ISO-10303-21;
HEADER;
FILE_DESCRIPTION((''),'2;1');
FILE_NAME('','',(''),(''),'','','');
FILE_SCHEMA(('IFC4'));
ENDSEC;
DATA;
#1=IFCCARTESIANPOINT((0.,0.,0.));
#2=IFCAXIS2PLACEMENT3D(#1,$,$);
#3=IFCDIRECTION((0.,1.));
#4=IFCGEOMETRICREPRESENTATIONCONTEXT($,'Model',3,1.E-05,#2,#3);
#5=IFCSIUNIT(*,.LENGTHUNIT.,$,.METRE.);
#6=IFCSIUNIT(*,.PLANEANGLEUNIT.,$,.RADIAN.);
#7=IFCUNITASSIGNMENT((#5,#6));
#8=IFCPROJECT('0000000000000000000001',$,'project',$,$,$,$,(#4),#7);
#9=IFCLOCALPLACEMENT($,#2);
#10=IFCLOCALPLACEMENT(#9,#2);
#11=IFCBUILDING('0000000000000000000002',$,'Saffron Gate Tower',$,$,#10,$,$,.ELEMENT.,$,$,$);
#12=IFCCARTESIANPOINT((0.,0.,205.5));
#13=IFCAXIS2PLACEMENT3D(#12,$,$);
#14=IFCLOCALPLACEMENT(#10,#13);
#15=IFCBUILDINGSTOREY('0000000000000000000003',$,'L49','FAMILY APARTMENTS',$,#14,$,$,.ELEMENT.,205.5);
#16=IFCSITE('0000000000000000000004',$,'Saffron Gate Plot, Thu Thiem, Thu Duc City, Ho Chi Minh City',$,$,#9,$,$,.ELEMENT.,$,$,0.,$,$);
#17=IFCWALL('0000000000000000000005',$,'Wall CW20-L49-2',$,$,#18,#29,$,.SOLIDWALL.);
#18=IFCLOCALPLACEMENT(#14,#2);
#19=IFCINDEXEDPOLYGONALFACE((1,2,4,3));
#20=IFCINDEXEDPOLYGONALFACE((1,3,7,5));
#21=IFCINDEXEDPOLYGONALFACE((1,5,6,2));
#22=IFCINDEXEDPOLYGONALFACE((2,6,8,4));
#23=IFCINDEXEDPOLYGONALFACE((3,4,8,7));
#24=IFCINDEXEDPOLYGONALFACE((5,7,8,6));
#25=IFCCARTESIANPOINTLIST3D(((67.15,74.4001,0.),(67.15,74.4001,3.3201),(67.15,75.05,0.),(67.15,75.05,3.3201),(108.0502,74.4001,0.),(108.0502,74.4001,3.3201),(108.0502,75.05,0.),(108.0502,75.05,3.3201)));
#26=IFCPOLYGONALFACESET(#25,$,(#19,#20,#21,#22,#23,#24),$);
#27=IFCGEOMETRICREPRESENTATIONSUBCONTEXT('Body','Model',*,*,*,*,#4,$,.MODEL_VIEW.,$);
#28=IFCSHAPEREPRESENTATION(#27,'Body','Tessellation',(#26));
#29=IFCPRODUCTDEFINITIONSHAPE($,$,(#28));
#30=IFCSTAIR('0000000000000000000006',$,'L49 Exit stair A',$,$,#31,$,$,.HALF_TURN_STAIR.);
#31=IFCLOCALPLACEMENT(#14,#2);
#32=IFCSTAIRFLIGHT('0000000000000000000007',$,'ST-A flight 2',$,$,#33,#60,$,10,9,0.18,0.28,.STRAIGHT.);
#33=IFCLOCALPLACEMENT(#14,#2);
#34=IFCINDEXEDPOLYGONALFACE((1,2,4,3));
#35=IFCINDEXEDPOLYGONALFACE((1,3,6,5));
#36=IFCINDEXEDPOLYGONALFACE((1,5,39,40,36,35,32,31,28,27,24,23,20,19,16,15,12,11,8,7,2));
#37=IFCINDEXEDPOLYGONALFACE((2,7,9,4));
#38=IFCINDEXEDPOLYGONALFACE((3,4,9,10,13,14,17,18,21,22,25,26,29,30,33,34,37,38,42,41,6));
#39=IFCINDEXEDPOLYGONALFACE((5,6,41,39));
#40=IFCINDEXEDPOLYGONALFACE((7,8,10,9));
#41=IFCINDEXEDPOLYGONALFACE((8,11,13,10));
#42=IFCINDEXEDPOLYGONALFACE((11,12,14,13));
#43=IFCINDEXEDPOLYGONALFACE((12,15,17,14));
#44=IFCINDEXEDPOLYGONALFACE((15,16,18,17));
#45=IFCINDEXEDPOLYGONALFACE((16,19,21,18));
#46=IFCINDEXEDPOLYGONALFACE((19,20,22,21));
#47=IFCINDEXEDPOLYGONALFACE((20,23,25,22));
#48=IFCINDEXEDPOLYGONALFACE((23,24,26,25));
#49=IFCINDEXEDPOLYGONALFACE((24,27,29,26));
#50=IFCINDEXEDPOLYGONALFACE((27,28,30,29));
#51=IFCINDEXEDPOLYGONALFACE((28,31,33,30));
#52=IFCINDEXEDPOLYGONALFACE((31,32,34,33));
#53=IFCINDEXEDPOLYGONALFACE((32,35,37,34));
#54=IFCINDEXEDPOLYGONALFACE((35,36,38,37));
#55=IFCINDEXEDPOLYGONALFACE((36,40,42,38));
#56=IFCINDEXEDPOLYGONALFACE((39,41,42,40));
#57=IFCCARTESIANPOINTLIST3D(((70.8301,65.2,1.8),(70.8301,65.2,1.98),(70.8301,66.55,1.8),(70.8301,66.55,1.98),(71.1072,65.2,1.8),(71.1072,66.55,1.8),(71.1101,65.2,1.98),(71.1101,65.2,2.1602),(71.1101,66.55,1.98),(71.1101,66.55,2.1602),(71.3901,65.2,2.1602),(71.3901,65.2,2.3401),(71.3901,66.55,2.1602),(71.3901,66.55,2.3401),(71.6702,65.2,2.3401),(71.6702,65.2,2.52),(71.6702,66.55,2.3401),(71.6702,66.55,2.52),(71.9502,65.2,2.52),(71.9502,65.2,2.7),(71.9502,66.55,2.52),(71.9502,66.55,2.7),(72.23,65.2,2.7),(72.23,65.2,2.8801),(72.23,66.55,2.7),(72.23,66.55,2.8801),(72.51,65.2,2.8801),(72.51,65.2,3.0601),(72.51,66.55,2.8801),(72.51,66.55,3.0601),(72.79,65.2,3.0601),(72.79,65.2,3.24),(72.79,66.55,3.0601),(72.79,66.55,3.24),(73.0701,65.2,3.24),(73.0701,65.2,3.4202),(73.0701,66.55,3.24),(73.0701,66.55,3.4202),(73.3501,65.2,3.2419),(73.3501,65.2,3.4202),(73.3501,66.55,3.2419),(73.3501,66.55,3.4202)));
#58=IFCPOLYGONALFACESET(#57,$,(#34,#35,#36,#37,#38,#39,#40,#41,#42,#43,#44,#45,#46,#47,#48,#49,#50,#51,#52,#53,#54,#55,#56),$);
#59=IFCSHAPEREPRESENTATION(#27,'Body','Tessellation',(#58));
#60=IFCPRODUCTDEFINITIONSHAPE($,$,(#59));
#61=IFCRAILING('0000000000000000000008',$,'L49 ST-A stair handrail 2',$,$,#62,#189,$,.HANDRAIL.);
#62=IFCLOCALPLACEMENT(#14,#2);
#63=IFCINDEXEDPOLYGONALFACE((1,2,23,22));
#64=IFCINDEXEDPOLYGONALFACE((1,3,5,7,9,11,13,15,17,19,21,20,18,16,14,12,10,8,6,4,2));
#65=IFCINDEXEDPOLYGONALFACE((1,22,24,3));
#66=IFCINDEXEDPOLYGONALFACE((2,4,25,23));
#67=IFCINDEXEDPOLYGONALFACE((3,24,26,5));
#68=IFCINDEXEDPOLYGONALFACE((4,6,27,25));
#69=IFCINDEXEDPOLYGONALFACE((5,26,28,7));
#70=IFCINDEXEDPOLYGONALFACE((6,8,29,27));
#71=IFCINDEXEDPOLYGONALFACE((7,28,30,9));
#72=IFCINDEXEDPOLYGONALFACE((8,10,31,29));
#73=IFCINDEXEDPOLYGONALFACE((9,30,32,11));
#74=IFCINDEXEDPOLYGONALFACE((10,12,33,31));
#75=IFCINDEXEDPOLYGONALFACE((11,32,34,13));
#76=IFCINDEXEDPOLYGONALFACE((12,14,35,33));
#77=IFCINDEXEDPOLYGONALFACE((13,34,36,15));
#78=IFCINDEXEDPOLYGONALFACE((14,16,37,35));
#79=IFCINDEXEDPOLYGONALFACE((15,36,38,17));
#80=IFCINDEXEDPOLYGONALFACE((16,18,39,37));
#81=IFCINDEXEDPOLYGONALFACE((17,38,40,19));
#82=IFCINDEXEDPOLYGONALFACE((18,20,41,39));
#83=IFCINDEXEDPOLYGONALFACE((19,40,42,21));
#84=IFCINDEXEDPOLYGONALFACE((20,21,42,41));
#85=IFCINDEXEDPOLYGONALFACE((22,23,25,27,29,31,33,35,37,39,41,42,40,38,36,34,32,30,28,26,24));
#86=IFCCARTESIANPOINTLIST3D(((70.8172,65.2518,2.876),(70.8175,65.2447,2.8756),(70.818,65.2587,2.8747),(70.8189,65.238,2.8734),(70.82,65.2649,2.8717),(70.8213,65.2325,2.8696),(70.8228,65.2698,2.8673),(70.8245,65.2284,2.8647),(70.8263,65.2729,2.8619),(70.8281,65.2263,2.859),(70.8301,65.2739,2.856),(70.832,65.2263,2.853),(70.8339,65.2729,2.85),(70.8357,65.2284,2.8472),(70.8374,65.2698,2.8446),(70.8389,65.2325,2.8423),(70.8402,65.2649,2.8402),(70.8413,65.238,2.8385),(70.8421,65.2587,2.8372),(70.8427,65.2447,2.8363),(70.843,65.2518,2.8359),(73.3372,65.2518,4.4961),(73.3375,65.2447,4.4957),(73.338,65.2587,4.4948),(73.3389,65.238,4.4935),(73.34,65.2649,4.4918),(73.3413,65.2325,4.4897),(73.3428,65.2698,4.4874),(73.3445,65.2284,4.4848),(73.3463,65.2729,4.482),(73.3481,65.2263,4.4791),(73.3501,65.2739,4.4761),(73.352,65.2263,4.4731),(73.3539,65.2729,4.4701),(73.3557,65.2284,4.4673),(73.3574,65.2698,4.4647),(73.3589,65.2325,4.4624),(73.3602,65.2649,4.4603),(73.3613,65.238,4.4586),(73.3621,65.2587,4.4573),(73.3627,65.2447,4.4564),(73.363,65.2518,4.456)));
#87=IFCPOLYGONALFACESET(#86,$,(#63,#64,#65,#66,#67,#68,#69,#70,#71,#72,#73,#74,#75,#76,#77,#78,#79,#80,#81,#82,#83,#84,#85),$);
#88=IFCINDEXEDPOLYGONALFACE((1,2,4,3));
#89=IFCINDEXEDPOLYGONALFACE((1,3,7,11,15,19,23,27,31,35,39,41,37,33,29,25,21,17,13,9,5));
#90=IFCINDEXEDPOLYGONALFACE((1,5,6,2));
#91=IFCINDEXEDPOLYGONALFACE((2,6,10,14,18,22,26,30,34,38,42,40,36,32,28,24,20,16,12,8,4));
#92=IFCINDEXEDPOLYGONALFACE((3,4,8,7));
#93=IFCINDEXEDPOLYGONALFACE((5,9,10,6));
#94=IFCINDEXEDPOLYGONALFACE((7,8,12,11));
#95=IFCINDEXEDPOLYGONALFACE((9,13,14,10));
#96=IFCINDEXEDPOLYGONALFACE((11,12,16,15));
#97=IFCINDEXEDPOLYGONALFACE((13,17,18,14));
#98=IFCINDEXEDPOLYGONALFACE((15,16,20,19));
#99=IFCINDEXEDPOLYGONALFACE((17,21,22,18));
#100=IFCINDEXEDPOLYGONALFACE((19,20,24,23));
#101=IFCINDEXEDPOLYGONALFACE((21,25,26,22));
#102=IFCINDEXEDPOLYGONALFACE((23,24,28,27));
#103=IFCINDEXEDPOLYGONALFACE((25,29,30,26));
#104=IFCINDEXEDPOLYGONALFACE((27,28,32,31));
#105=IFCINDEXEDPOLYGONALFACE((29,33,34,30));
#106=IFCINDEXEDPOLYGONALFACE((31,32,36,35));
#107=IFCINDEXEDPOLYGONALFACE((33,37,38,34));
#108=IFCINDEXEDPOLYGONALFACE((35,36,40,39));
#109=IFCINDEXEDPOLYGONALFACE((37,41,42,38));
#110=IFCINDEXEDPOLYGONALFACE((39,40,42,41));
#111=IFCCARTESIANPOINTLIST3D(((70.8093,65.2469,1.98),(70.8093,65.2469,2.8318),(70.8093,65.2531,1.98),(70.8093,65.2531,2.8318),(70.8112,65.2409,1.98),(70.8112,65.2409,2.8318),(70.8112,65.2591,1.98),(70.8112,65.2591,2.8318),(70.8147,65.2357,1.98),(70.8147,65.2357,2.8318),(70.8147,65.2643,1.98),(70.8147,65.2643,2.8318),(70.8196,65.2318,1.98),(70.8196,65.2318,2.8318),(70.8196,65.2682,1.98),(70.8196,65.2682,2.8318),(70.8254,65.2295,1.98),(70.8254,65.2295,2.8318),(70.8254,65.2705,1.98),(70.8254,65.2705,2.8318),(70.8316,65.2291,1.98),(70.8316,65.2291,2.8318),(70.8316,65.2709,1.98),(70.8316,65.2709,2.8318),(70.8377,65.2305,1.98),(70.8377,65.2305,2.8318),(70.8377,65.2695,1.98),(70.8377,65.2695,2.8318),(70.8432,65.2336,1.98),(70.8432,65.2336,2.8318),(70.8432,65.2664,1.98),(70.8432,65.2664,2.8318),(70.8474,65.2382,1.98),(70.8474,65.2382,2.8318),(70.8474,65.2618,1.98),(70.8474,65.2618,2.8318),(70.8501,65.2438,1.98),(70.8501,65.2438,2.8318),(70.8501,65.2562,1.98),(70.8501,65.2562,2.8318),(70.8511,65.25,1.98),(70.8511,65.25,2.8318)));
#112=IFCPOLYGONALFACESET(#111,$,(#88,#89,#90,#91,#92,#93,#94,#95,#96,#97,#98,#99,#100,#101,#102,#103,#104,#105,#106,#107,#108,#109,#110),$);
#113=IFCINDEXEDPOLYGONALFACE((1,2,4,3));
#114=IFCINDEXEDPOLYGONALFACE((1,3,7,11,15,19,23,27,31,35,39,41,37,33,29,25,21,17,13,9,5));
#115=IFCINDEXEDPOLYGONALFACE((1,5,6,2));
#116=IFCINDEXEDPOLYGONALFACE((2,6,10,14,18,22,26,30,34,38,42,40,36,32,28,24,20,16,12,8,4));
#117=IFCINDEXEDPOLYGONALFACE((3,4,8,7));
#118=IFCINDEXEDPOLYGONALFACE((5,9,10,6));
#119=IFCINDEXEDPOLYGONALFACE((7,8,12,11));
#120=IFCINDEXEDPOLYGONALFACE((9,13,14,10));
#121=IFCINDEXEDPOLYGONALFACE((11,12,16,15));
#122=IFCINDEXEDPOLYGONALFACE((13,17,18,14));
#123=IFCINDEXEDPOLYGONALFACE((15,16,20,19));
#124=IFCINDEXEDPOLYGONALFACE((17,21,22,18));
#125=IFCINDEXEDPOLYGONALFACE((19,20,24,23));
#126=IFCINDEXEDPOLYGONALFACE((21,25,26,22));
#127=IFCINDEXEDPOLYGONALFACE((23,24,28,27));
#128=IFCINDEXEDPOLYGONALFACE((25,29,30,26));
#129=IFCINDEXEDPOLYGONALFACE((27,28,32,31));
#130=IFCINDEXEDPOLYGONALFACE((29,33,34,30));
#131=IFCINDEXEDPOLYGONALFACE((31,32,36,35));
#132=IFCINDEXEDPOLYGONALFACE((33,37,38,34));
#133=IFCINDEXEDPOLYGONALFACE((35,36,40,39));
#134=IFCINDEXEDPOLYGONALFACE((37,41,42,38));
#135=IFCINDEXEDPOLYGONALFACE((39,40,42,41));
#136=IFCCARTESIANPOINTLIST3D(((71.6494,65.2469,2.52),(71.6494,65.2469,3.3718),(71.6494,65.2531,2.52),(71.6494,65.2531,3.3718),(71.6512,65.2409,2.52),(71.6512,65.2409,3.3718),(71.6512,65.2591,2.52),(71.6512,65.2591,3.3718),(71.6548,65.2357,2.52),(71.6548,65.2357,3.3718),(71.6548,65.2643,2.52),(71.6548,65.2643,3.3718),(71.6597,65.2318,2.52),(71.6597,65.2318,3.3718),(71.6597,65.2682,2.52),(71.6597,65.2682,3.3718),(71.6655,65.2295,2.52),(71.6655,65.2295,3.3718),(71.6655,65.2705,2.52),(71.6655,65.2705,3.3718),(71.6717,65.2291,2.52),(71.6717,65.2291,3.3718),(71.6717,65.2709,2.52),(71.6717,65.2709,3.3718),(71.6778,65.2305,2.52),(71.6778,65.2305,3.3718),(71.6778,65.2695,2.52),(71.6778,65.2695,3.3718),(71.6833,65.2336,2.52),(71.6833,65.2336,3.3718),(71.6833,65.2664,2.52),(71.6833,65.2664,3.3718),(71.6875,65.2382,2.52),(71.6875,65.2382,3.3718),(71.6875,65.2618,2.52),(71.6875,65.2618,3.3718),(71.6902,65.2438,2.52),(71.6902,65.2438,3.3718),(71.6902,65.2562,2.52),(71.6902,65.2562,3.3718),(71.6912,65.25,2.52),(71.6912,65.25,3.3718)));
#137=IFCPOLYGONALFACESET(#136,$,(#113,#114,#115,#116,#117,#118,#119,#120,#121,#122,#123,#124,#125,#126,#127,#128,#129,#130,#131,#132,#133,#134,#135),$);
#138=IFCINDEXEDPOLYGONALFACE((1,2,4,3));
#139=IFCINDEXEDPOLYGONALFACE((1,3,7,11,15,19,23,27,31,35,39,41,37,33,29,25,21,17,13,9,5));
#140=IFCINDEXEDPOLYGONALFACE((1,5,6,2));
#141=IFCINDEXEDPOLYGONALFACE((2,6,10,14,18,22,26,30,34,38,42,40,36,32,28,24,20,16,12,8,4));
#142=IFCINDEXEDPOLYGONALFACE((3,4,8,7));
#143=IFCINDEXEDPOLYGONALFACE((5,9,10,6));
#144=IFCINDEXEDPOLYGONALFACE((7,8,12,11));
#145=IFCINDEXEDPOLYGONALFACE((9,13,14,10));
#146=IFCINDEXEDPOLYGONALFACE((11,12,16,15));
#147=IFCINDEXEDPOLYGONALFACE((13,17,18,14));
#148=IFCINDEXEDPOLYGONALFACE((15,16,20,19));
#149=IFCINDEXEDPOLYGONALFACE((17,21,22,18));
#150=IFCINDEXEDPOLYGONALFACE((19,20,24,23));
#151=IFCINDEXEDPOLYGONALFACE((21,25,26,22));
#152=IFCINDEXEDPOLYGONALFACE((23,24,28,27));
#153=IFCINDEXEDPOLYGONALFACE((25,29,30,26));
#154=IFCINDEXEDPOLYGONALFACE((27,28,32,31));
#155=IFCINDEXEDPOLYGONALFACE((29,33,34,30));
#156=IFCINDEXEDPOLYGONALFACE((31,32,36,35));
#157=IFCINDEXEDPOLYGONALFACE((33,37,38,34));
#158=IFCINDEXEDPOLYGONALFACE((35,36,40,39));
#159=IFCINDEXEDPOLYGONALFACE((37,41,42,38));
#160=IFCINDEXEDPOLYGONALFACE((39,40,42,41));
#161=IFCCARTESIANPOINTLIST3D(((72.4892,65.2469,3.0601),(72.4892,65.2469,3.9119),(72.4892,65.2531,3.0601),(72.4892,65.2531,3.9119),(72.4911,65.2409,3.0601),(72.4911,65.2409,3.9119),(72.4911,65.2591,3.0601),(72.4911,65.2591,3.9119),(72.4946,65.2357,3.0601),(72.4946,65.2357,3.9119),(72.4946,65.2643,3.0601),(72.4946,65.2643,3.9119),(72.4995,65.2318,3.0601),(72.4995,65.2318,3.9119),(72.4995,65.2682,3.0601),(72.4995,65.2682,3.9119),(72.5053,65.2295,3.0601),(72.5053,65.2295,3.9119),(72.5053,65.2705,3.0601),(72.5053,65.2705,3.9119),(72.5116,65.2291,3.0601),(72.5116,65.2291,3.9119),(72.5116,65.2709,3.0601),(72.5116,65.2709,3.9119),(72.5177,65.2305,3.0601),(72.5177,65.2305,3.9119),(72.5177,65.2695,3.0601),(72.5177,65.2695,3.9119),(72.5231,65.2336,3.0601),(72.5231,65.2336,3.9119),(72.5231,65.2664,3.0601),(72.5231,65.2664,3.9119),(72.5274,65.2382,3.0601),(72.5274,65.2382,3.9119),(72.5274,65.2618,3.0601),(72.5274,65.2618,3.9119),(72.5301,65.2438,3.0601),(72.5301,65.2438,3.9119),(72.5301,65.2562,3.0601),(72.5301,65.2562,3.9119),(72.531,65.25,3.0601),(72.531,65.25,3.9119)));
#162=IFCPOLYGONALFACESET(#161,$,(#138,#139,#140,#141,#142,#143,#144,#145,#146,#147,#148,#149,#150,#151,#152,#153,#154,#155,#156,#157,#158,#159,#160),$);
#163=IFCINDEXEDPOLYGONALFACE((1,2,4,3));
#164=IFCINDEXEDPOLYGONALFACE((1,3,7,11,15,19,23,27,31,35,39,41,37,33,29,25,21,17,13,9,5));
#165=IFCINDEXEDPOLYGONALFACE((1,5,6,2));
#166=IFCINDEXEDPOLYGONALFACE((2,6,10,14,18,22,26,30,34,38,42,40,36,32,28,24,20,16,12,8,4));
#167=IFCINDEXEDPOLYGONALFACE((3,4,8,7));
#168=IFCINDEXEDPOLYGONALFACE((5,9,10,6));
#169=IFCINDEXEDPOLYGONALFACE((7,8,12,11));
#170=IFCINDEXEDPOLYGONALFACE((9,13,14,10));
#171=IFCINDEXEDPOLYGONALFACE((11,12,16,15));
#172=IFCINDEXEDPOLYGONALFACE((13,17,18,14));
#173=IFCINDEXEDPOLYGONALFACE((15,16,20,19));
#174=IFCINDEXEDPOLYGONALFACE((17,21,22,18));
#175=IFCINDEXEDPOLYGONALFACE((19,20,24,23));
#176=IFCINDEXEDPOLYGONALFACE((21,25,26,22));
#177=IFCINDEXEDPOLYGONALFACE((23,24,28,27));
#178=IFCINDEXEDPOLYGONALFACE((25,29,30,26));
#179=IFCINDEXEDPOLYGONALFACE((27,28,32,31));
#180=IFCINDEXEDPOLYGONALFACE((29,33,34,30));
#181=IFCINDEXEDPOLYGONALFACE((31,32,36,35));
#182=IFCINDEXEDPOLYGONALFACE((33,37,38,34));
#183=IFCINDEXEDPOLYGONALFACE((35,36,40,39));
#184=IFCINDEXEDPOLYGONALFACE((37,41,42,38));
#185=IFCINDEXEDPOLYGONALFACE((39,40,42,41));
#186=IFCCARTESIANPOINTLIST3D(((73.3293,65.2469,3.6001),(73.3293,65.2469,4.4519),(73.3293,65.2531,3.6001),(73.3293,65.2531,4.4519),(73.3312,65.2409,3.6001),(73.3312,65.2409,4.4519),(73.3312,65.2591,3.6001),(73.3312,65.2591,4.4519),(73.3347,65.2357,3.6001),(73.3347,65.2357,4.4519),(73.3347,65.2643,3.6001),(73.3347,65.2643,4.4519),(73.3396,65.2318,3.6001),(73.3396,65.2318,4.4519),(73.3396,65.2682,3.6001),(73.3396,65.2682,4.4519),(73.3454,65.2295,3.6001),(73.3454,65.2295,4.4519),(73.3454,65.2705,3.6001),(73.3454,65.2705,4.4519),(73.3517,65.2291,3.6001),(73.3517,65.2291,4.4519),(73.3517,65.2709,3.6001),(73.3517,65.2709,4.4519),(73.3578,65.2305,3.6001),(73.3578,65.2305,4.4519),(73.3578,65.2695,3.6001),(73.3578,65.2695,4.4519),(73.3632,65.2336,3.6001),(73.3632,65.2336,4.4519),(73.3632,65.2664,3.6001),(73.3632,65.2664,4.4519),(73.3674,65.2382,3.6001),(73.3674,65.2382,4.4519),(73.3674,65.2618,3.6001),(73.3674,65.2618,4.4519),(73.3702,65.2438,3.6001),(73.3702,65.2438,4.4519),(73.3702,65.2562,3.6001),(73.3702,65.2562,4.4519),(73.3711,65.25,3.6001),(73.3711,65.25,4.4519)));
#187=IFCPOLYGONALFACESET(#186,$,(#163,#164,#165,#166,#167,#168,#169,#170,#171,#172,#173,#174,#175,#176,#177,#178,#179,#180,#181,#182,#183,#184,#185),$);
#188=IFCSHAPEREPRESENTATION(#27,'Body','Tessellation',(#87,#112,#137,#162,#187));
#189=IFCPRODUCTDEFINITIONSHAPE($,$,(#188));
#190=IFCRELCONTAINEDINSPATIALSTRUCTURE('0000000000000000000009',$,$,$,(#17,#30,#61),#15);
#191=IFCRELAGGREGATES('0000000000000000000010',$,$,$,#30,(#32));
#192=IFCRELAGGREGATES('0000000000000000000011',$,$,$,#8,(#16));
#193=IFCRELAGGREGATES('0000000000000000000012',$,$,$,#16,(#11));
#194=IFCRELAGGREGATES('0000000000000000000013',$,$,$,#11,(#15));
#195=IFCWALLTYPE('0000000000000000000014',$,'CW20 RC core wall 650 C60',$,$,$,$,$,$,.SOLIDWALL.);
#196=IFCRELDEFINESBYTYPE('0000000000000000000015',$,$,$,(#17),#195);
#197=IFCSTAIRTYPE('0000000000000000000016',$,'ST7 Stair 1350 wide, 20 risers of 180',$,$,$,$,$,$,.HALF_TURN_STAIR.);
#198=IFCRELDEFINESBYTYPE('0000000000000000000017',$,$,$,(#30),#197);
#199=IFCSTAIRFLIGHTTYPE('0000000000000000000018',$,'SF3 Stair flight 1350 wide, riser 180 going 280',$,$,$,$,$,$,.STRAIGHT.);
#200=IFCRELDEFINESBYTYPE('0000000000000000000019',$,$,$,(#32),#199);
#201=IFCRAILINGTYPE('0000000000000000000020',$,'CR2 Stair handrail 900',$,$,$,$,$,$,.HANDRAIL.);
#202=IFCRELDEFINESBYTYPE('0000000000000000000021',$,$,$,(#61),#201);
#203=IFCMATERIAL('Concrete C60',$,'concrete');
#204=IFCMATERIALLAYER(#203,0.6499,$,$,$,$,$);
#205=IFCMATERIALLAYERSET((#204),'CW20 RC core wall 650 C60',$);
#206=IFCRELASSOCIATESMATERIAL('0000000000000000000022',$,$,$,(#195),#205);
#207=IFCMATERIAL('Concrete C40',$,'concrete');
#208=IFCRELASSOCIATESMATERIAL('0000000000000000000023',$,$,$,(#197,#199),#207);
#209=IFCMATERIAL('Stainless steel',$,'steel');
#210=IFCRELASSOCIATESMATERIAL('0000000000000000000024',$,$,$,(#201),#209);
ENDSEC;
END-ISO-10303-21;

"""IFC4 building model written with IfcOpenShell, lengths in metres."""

from ifc_helpers import new_model, si_unit, direction, frame, frame_2d, origin, origin_2d, place, context, subcontext, project, spatial, polyline, rectangle, circle, outline, extrude, material, layer, layer_set, type_object, element, aggregate, save


model = new_model("IFC4")

# Units and contexts
model_context = context("Model", 3, precision=1e-05, world=origin(), true_north=direction((0.0, 1.0)))
body_context = subcontext(model_context, "Body", "Model", "MODEL_VIEW")
ifc_project = project(units=[si_unit("LENGTHUNIT", "METRE"), si_unit("PLANEANGLEUNIT", "RADIAN")], contexts=[model_context])

# Site, building, storey
site_placement = place(None, origin())
site = spatial("IfcSite", under=ifc_project, at=site_placement, Name="Saffron Gate Plot, Thu Thiem, Thu Duc City, Ho Chi Minh City", CompositionType="ELEMENT", RefElevation=0.0)
building_placement = place(site_placement, origin())
building = spatial("IfcBuilding", under=site, at=building_placement, Name="Saffron Gate Tower", CompositionType="ELEMENT")
storey_placement = place(building_placement, frame((0.0, 0.0, 205.5)))
storey = spatial("IfcBuildingStorey", under=building, at=storey_placement, Name="L49", Description="FAMILY APARTMENTS", CompositionType="ELEMENT", Elevation=205.5)

# Shared definitions
ifc_material_1 = material(Name="Concrete C60", Category="concrete")

# Wall
ifc_layer_1 = layer(ifc_material_1, 0.6499)
ifc_layer_set_1 = layer_set([ifc_layer_1], Name="CW20 RC core wall 650 C60")
wall_type_1 = type_object("IfcWallType", Name="CW20 RC core wall 650 C60", PredefinedType="SOLIDWALL", material=ifc_layer_set_1)
wall_1_placement = place(storey_placement, frame((67.1499, 74.7251, 0.0), z_axis=(0.0, 0.0, 1.0), x_axis=(1.0, 0.0, 0.0)))
element("IfcWall", 1, at=wall_1_placement, inside=storey, type_object=wall_type_1, Name="Wall CW20-L49-2", PredefinedType="SOLIDWALL", context=body_context, shape_type="SweptSolid", body=[
    extrude(rectangle(XDim=40.9001, YDim=0.6499, at=frame_2d((20.4502, 0.0))), origin(), (0.0, 0.0, 1.0), 3.3201),
])

# Stair, stair flight
ifc_material_2 = material(Name="Concrete C40", Category="concrete")
stair_type = type_object("IfcStairType", Name="ST7 Stair 1350 wide, 20 risers of 180", PredefinedType="HALF_TURN_STAIR", material=ifc_material_2)
stair_placement = place(storey_placement, origin())
stair = element("IfcStair", 2, at=stair_placement, inside=storey, type_object=stair_type, Name="L49 Exit stair A", PredefinedType="HALF_TURN_STAIR")
stair_flight_type = type_object("IfcStairFlightType", Name="SF3 Stair flight 1350 wide, riser 180 going 280", PredefinedType="STRAIGHT", material=ifc_material_2)
stair_flight_placement = place(storey_placement, frame((70.8301, 65.875, 1.8), z_axis=(0.0, 0.0, 1.0), x_axis=(1.0, 0.0, 0.0)))
stair_flight = element("IfcStairFlight", 3, at=stair_flight_placement, type_object=stair_flight_type, Name="ST-A flight 2", NumberOfRisers=10, NumberOfTreads=9, PredefinedType="STRAIGHT", RiserHeight=0.18, TreadLength=0.28, context=body_context, shape_type="SweptSolid", body=[
    extrude(outline(polyline([(0.0, 0.0), (0.0, 0.1799), (0.28, 0.1799), (0.28, 0.3601), (0.5601, 0.3601), (0.5601, 0.54), (0.8401, 0.54), (0.8401, 0.72), (1.1201, 0.72), (1.1201, 0.8999), (1.3999, 0.8999), (1.3999, 1.0801), (1.6799, 1.0801), (1.6799, 1.26), (1.96, 1.26), (1.96, 1.4399), (2.24, 1.4399), (2.24, 1.6201), (2.52, 1.6201), (2.52, 1.8), (2.52, 1.4419), (0.2771, 0.0), (0.0, 0.0)])), frame((0.0, 0.675, 0.0), z_axis=(0.0, -1.0, 0.0), x_axis=(1.0, 0.0, 0.0)), (0.0, 0.0, 1.0), 1.3501),
])
aggregate(stair, [stair_flight])

# Railing
ifc_material_3 = material(Name="Stainless steel", Category="steel")
railing_type = type_object("IfcRailingType", Name="CR2 Stair handrail 900", PredefinedType="HANDRAIL", material=ifc_material_3)
railing_placement = place(storey_placement, frame((70.8301, 65.25, 1.98)))
element("IfcRailing", 4, at=railing_placement, inside=storey, type_object=railing_type, Name="L49 ST-A stair handrail 2", PredefinedType="HANDRAIL", context=body_context, shape_type="SweptSolid", body=[
    extrude(circle(Radius=0.0239, at=origin_2d()), frame((0.0, 0.0, 0.876), z_axis=(0.841163, 0.0, 0.540782), x_axis=(0.0, 1.0, 0.0)), (0.0, 0.0, 1.0), 2.9958),
    extrude(circle(Radius=0.021, at=origin_2d()), origin(), (0.0, 0.0, 1.0), 0.8518),
    extrude(circle(Radius=0.021, at=origin_2d()), frame((0.8401, 0.0, 0.54)), (0.0, 0.0, 1.0), 0.8518),
    extrude(circle(Radius=0.021, at=origin_2d()), frame((1.6799, 0.0, 1.0801)), (0.0, 0.0, 1.0), 0.8518),
    extrude(circle(Radius=0.021, at=origin_2d()), frame((2.52, 0.0, 1.6201)), (0.0, 0.0, 1.0), 0.8518),
])

save(model, "model.ifc")
